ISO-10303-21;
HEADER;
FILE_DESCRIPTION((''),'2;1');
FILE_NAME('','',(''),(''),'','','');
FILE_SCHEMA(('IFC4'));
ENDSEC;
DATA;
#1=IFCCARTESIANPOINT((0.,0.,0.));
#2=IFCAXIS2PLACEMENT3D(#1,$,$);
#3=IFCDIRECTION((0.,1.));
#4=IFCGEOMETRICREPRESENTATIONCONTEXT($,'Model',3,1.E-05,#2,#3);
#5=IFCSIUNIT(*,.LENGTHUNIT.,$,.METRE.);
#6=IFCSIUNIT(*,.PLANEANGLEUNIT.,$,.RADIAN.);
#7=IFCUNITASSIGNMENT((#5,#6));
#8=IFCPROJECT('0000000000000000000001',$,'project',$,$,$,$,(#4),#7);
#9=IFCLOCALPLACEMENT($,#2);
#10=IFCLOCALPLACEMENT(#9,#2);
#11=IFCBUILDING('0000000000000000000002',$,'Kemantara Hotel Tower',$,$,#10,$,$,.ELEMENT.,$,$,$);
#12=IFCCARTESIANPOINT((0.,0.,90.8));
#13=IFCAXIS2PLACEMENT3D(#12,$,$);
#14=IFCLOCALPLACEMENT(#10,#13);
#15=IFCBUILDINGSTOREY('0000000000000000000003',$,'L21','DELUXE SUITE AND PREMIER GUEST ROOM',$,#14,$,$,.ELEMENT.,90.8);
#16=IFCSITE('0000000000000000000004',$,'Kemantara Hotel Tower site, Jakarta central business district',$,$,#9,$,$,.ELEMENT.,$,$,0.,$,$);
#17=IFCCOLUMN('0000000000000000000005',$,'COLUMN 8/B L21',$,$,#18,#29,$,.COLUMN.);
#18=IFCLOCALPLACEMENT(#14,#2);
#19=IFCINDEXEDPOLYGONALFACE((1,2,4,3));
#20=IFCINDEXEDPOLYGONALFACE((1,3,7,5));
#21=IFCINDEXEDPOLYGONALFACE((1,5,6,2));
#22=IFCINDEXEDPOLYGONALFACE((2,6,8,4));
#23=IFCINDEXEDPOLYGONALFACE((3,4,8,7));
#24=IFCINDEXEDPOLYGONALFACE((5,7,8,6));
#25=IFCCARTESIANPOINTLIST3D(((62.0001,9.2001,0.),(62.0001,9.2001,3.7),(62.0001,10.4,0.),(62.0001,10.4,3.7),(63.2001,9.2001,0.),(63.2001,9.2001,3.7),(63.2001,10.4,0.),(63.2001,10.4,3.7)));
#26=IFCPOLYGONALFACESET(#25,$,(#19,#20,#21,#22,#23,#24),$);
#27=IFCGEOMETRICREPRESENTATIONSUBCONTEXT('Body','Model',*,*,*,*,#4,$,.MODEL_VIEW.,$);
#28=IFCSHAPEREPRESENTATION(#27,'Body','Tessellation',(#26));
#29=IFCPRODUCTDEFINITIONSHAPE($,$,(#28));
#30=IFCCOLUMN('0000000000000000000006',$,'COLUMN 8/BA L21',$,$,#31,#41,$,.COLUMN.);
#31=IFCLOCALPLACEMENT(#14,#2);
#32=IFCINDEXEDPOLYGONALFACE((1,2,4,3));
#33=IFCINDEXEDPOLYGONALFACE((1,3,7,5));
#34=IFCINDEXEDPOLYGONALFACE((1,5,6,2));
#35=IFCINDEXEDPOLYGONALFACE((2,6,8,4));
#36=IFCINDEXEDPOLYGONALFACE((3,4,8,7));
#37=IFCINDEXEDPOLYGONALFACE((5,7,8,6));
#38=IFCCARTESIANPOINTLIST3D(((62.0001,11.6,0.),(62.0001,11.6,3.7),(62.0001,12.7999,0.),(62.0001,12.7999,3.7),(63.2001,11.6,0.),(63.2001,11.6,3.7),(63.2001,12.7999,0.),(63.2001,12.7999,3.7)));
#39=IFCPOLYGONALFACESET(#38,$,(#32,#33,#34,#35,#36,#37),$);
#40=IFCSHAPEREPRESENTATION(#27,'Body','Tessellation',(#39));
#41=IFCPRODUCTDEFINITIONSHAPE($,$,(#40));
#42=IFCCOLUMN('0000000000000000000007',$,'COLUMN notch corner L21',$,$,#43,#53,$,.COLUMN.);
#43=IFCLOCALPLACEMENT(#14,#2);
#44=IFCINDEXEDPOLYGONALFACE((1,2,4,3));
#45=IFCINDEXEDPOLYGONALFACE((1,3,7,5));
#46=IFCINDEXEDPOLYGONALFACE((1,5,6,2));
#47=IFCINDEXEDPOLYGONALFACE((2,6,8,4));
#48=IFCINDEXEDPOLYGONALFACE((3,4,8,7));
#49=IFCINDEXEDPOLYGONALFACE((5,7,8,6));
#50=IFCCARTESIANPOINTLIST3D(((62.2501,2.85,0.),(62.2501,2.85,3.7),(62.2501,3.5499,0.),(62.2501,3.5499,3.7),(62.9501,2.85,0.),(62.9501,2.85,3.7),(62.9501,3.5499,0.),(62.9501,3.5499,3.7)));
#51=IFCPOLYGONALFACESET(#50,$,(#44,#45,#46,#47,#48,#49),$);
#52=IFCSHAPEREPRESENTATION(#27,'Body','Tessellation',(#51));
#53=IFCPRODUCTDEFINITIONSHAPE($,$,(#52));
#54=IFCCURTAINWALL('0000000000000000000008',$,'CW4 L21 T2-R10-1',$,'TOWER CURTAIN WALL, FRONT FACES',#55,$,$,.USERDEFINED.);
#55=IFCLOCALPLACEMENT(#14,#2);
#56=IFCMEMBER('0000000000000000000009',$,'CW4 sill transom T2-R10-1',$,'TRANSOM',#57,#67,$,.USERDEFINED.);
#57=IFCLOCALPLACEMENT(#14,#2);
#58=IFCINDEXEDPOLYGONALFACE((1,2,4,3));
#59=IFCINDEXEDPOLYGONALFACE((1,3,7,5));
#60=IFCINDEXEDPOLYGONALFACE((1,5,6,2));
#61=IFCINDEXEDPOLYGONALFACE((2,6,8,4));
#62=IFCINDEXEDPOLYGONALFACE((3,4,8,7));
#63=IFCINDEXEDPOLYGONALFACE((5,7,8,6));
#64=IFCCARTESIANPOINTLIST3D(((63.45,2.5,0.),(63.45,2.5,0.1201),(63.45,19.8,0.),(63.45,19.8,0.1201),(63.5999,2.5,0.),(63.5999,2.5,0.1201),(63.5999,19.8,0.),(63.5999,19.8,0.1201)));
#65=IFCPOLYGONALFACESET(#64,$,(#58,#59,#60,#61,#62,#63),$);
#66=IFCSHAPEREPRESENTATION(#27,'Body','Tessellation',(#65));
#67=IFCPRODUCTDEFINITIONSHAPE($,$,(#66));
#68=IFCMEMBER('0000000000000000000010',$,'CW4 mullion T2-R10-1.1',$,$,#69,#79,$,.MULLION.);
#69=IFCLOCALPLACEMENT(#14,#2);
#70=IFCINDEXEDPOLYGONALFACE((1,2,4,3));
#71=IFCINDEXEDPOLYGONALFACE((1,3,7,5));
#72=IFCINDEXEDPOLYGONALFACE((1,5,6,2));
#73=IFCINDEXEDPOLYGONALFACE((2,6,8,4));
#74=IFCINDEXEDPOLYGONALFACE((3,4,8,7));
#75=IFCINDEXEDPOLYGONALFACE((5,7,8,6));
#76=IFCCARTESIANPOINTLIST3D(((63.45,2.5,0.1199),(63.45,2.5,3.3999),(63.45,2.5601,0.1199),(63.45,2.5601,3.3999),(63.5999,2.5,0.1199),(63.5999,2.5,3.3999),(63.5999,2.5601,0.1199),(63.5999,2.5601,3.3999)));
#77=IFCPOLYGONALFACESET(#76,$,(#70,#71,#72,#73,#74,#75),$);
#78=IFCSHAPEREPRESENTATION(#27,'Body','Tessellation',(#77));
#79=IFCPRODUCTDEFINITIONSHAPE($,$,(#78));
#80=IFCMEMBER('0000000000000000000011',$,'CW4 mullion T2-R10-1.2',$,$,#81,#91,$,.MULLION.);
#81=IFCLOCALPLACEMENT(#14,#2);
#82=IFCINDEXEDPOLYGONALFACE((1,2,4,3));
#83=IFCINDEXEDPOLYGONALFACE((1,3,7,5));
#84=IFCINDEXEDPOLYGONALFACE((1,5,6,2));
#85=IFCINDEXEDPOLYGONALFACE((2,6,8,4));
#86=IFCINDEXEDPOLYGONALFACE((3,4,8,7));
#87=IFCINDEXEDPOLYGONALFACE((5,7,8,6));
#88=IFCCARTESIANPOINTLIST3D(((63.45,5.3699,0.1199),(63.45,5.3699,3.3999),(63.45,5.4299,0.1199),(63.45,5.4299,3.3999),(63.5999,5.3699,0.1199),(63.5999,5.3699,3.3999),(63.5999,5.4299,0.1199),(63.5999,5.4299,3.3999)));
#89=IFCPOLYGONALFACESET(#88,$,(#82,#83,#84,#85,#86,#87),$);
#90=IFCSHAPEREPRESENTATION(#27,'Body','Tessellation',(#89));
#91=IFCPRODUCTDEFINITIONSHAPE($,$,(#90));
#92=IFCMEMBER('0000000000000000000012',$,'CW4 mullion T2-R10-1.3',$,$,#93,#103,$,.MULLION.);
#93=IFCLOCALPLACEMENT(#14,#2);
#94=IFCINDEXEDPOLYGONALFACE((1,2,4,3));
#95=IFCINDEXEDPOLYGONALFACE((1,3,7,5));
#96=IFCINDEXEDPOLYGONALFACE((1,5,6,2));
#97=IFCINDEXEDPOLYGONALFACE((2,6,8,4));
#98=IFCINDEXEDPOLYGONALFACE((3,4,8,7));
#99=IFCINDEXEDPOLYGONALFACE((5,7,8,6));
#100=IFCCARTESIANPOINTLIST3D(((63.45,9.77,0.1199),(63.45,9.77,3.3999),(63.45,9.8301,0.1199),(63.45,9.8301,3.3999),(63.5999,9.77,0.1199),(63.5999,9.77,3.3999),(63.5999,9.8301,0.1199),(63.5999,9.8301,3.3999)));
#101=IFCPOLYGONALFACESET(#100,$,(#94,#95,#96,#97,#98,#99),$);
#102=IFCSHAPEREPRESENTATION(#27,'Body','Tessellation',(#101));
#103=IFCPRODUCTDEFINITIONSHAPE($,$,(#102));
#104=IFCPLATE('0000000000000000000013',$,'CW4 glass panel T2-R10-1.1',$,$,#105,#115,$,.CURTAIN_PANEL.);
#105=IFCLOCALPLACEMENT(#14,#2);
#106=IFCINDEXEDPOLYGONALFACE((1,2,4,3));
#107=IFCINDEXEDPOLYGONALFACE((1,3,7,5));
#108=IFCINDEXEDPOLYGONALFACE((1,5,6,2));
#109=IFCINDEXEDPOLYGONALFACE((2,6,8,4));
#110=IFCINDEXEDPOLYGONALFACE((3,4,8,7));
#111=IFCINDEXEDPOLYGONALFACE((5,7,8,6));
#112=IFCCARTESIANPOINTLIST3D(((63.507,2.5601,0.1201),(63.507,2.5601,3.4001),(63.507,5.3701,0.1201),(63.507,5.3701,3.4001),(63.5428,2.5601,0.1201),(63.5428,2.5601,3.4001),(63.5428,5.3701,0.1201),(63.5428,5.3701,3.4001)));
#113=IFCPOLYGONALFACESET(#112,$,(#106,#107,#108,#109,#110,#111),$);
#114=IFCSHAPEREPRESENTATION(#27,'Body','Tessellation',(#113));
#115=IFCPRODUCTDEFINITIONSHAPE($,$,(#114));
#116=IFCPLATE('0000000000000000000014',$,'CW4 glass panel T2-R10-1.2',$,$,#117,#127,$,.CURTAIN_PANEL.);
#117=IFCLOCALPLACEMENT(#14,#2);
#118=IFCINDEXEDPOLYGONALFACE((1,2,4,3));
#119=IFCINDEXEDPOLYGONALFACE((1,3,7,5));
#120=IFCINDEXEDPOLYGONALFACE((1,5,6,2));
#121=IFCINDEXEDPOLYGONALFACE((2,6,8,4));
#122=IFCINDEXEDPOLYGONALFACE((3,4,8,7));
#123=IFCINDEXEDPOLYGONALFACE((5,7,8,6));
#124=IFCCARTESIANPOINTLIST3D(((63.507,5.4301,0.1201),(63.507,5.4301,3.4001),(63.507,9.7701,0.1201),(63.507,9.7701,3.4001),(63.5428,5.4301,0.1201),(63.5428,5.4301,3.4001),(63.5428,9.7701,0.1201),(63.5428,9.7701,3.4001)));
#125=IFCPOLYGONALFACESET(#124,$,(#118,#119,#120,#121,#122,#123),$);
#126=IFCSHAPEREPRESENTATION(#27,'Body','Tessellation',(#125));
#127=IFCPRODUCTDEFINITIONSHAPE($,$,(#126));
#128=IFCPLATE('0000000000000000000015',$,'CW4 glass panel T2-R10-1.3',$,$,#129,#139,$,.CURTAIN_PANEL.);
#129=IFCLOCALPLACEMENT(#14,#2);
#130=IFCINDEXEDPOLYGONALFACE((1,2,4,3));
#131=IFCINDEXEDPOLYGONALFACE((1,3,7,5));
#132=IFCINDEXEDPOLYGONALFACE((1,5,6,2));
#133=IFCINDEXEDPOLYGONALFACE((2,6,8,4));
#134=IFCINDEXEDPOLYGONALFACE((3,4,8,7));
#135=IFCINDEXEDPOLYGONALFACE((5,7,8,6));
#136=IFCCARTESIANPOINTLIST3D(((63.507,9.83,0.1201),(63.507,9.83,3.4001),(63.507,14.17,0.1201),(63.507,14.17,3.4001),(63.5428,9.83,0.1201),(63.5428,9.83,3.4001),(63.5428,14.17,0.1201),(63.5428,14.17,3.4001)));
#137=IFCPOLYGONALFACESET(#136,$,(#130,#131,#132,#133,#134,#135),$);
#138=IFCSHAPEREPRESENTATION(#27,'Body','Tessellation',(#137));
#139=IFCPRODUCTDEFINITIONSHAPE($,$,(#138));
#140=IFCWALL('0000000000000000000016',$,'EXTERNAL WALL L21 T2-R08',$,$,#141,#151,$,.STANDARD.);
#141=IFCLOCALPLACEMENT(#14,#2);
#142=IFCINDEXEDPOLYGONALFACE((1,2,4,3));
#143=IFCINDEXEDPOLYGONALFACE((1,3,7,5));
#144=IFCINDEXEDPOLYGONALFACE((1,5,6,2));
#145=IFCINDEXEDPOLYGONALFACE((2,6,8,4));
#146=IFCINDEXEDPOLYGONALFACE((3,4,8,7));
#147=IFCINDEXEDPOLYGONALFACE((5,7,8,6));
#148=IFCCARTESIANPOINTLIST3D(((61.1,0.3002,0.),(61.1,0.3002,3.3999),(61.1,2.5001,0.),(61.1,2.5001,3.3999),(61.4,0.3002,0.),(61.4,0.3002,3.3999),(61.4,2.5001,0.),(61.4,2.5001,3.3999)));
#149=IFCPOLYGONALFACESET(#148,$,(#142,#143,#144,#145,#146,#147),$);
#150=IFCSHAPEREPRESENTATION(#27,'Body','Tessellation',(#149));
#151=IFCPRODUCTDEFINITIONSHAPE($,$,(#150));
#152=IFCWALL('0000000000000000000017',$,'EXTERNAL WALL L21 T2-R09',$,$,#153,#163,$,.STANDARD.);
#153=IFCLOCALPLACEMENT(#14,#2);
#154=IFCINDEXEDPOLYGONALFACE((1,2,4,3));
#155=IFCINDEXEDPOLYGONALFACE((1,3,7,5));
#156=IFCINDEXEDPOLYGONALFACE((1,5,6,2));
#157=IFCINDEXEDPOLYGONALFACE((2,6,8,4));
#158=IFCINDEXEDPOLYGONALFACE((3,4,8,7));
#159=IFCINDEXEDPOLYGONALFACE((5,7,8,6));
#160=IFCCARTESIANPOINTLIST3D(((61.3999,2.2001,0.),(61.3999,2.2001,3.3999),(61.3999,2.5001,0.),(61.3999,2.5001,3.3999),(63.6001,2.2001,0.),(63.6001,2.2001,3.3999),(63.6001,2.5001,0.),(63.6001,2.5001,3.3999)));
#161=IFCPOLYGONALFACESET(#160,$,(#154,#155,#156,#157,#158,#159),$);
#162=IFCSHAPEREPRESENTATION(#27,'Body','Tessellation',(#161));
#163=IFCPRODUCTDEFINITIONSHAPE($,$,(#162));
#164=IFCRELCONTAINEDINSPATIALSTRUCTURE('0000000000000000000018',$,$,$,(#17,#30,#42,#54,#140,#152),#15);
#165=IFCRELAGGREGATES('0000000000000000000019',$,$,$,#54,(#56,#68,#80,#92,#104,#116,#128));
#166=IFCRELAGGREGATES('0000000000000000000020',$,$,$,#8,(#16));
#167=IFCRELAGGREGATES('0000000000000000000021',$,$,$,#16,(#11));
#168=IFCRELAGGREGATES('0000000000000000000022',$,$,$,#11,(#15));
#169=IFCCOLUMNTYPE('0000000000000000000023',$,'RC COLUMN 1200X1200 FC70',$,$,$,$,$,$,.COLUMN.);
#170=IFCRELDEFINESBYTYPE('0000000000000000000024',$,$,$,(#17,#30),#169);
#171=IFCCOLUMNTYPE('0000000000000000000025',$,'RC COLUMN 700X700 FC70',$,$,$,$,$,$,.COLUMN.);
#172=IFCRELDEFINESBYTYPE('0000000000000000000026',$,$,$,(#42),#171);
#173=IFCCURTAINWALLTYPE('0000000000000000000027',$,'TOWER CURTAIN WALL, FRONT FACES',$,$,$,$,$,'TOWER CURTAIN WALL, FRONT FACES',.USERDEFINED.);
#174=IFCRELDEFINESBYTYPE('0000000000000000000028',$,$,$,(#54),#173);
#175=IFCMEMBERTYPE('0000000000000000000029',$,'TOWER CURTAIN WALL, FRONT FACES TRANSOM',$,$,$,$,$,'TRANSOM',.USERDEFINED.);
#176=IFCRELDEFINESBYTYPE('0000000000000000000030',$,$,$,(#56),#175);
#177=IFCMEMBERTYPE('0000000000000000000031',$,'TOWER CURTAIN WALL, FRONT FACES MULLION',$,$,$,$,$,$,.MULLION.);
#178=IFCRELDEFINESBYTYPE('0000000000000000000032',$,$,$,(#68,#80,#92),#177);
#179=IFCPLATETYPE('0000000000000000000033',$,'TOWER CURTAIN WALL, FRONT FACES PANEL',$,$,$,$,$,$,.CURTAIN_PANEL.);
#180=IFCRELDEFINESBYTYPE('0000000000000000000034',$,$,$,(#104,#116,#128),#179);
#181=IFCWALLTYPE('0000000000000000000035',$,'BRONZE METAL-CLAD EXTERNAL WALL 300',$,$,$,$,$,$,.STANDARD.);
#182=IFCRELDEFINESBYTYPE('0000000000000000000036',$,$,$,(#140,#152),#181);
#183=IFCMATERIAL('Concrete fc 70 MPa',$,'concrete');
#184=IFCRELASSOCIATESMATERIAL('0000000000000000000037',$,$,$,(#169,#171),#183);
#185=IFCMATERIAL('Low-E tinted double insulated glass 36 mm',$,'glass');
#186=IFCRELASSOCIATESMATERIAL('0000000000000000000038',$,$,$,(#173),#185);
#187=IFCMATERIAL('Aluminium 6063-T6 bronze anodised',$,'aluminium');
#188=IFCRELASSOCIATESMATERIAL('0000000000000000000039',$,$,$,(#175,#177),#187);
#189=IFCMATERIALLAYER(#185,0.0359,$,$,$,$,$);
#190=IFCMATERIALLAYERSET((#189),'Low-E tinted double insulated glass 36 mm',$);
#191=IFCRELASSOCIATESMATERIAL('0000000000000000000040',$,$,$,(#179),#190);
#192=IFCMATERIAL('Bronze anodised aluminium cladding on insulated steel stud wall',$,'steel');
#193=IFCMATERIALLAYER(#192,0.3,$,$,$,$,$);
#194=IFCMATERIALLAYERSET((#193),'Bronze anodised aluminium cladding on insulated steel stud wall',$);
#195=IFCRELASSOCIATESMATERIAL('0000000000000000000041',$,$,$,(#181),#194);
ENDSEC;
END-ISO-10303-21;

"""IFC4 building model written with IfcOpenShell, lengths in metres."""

from ifc_helpers import new_model, si_unit, direction, frame, frame_2d, origin, origin_2d, place, context, subcontext, project, spatial, rectangle, extrude, source, transform, mapped, material, layer, layer_set, material_profile, profile_set, type_object, element, aggregate, save


model = new_model("IFC4")

# Units and contexts
model_context = context("Model", 3, precision=1e-05, world=origin(), true_north=direction((0.0, 1.0)))
body_context = subcontext(model_context, "Body", "Model", "MODEL_VIEW")
ifc_project = project(units=[si_unit("LENGTHUNIT", "METRE"), si_unit("PLANEANGLEUNIT", "RADIAN")], contexts=[model_context])

# Site, building, storey
site_placement = place(None, origin())
site = spatial("IfcSite", under=ifc_project, at=site_placement, Name="Kemantara Hotel Tower site, Jakarta central business district", CompositionType="ELEMENT", RefElevation=0.0)
building_placement = place(site_placement, origin())
building = spatial("IfcBuilding", under=site, at=building_placement, Name="Kemantara Hotel Tower", CompositionType="ELEMENT")
storey_placement = place(building_placement, frame((0.0, 0.0, 90.8)))
storey = spatial("IfcBuildingStorey", under=building, at=storey_placement, Name="L21", Description="DELUXE SUITE AND PREMIER GUEST ROOM", CompositionType="ELEMENT", Elevation=90.8)

# Columns
ifc_material_1 = material(Name="Concrete fc 70 MPa", Category="concrete")
ifc_material_profile_1 = material_profile(ifc_material_1, rectangle(XDim=1.2, YDim=1.2, at=origin_2d()), Name="RC 1200X1200")
ifc_profile_set_1 = profile_set([ifc_material_profile_1], Name="Concrete fc 70 MPa")
column_type_1 = type_object("IfcColumnType", Name="RC COLUMN 1200X1200 FC70", PredefinedType="COLUMN", material=ifc_profile_set_1)
for number, where, z_axis, x_axis, name in (
    (1, (62.6001, 9.8, 0.0), (0.0, 0.0, 1.0), (1.0, 0.0, 0.0), "COLUMN 8/B L21"),
    (2, (62.6001, 12.2, 0.0), (0.0, 0.0, 1.0), (1.0, 0.0, 0.0), "COLUMN 8/BA L21"),
):
    element("IfcColumn", number, at=place(storey_placement, frame(where, z_axis=z_axis, x_axis=x_axis)), inside=storey, type_object=column_type_1, Name=name, PredefinedType="COLUMN", context=body_context, shape_type="SweptSolid", body=[
        extrude(rectangle(XDim=1.2, YDim=1.2, at=origin_2d()), origin(), (0.0, 0.0, 1.0), 3.7),
    ])
ifc_material_profile_2 = material_profile(ifc_material_1, rectangle(XDim=0.7, YDim=0.7, at=origin_2d()), Name="RC 700X700")
ifc_profile_set_2 = profile_set([ifc_material_profile_2], Name="Concrete fc 70 MPa")
column_type_2 = type_object("IfcColumnType", Name="RC COLUMN 700X700 FC70", PredefinedType="COLUMN", material=ifc_profile_set_2)
column_placement = place(storey_placement, frame((62.6001, 3.2, 0.0), z_axis=(0.0, 0.0, 1.0), x_axis=(1.0, 0.0, 0.0)))
element("IfcColumn", 3, at=column_placement, inside=storey, type_object=column_type_2, Name="COLUMN notch corner L21", PredefinedType="COLUMN", context=body_context, shape_type="SweptSolid", body=[
    extrude(rectangle(XDim=0.7, YDim=0.7, at=origin_2d()), origin(), (0.0, 0.0, 1.0), 3.7),
])

# Curtain wall, members, plates
ifc_material_2 = material(Name="Low-E tinted double insulated glass 36 mm", Category="glass")
curtain_wall_type = type_object("IfcCurtainWallType", Name="TOWER CURTAIN WALL, FRONT FACES", ElementType="TOWER CURTAIN WALL, FRONT FACES", PredefinedType="USERDEFINED", material=ifc_material_2)
curtain_wall_placement = place(storey_placement, origin())
curtain_wall = element("IfcCurtainWall", 4, at=curtain_wall_placement, inside=storey, type_object=curtain_wall_type, Name="CW4 L21 T2-R10-1", ObjectType="TOWER CURTAIN WALL, FRONT FACES", PredefinedType="USERDEFINED")
ifc_material_3 = material(Name="Aluminium 6063-T6 bronze anodised", Category="aluminium")
ifc_material_profile_3 = material_profile(ifc_material_3, rectangle(XDim=0.1499, YDim=0.1201, at=origin_2d()), Name="TOWER CURTAIN WALL, FRONT FACES TRANSOM")
ifc_profile_set_3 = profile_set([ifc_material_profile_3], Name="Aluminium 6063-T6 bronze anodised")
member_type_1 = type_object("IfcMemberType", Name="TOWER CURTAIN WALL, FRONT FACES TRANSOM", ElementType="TRANSOM", PredefinedType="USERDEFINED", material=ifc_profile_set_3)
member_1_placement = place(storey_placement, frame((63.5249, 2.5, 0.0601), z_axis=(0.0, 1.0, 0.0), x_axis=(-1.0, 0.0, 0.0)))
member_1 = element("IfcMember", 5, at=member_1_placement, type_object=member_type_1, Name="CW4 sill transom T2-R10-1", ObjectType="TRANSOM", PredefinedType="USERDEFINED", context=body_context, shape_type="SweptSolid", body=[
    extrude(rectangle(XDim=0.1499, YDim=0.1201, at=origin_2d()), origin(), (0.0, 0.0, 1.0), 17.3),
])
ifc_material_profile_4 = material_profile(ifc_material_3, rectangle(XDim=0.1499, YDim=0.0601, at=origin_2d()), Name="TOWER CURTAIN WALL, FRONT FACES MULLION")
ifc_profile_set_4 = profile_set([ifc_material_profile_4], Name="Aluminium 6063-T6 bronze anodised")
member_type_2 = type_object("IfcMemberType", Name="TOWER CURTAIN WALL, FRONT FACES MULLION", PredefinedType="MULLION", material=ifc_profile_set_4)
shared_shape_1 = source(origin(), body_context, "Body", "SweptSolid", [
    extrude(rectangle(XDim=0.1499, YDim=0.0601, at=origin_2d()), origin(), (0.0, 0.0, 1.0), 3.28),
])
member_2_placement = place(storey_placement, frame((63.5249, 2.53, 0.1199), z_axis=(0.0, 0.0, 1.0), x_axis=(-1.0, 0.0, 0.0)))
member_2 = element("IfcMember", 6, at=member_2_placement, type_object=member_type_2, Name="CW4 mullion T2-R10-1.1", PredefinedType="MULLION", context=body_context, shape_type="MappedRepresentation", body=[
    mapped(shared_shape_1, transform((0.0, 0.0, 0.0))),
])
member_3_placement = place(storey_placement, frame((63.5249, 5.3999, 0.1199), z_axis=(0.0, 0.0, 1.0), x_axis=(-1.0, 0.0, 0.0)))
member_3 = element("IfcMember", 7, at=member_3_placement, type_object=member_type_2, Name="CW4 mullion T2-R10-1.2", PredefinedType="MULLION", context=body_context, shape_type="MappedRepresentation", body=[
    mapped(shared_shape_1, transform((0.0, 0.0, 0.0))),
])
member_4_placement = place(storey_placement, frame((63.5249, 9.8, 0.1199), z_axis=(0.0, 0.0, 1.0), x_axis=(-1.0, 0.0, 0.0)))
member_4 = element("IfcMember", 8, at=member_4_placement, type_object=member_type_2, Name="CW4 mullion T2-R10-1.3", PredefinedType="MULLION", context=body_context, shape_type="MappedRepresentation", body=[
    mapped(shared_shape_1, transform((0.0, 0.0, 0.0))),
])
ifc_layer_1 = layer(ifc_material_2, 0.0359)
ifc_layer_set_1 = layer_set([ifc_layer_1], Name="Low-E tinted double insulated glass 36 mm")
plate_type = type_object("IfcPlateType", Name="TOWER CURTAIN WALL, FRONT FACES PANEL", PredefinedType="CURTAIN_PANEL", material=ifc_layer_set_1)
shared_shape_2 = source(origin(), body_context, "Body", "SweptSolid", [
    extrude(rectangle(XDim=2.8101, YDim=0.0359, at=origin_2d()), origin(), (0.0, 0.0, 1.0), 3.28),
])
plate_1_placement = place(storey_placement, frame((63.5249, 3.9651, 0.1201), z_axis=(0.0, 0.0, 1.0), x_axis=(0.0, 1.0, 0.0)))
plate_1 = element("IfcPlate", 9, at=plate_1_placement, type_object=plate_type, Name="CW4 glass panel T2-R10-1.1", PredefinedType="CURTAIN_PANEL", context=body_context, shape_type="MappedRepresentation", body=[
    mapped(shared_shape_2, transform((0.0, 0.0, 0.0))),
])
shared_shape_3 = source(origin(), body_context, "Body", "SweptSolid", [
    extrude(rectangle(XDim=4.3401, YDim=0.0359, at=origin_2d()), origin(), (0.0, 0.0, 1.0), 3.28),
])
plate_2_placement = place(storey_placement, frame((63.5249, 7.6001, 0.1201), z_axis=(0.0, 0.0, 1.0), x_axis=(0.0, 1.0, 0.0)))
plate_2 = element("IfcPlate", 10, at=plate_2_placement, type_object=plate_type, Name="CW4 glass panel T2-R10-1.2", PredefinedType="CURTAIN_PANEL", context=body_context, shape_type="MappedRepresentation", body=[
    mapped(shared_shape_3, transform((0.0, 0.0, 0.0))),
])
plate_3_placement = place(storey_placement, frame((63.5249, 12.0, 0.1201), z_axis=(0.0, 0.0, 1.0), x_axis=(0.0, 1.0, 0.0)))
plate_3 = element("IfcPlate", 11, at=plate_3_placement, type_object=plate_type, Name="CW4 glass panel T2-R10-1.3", PredefinedType="CURTAIN_PANEL", context=body_context, shape_type="MappedRepresentation", body=[
    mapped(shared_shape_3, transform((0.0, 0.0, 0.0))),
])
aggregate(curtain_wall, [member_1, member_2, member_3, member_4, plate_1, plate_2, plate_3])

# Walls
ifc_material_4 = material(Name="Bronze anodised aluminium cladding on insulated steel stud wall", Category="steel")
ifc_layer_2 = layer(ifc_material_4, 0.3)
ifc_layer_set_2 = layer_set([ifc_layer_2], Name="Bronze anodised aluminium cladding on insulated steel stud wall")
wall_type_1 = type_object("IfcWallType", Name="BRONZE METAL-CLAD EXTERNAL WALL 300", PredefinedType="STANDARD", material=ifc_layer_set_2)
wall_1_placement = place(storey_placement, frame((61.25, 0.3, 0.0), z_axis=(0.0, 0.0, 1.0), x_axis=(0.0, 1.0, 0.0)))
element("IfcWall", 12, at=wall_1_placement, inside=storey, type_object=wall_type_1, Name="EXTERNAL WALL L21 T2-R08", PredefinedType="STANDARD", context=body_context, shape_type="SweptSolid", body=[
    extrude(rectangle(XDim=2.2, YDim=0.3, at=frame_2d((1.1001, 0.0))), origin(), (0.0, 0.0, 1.0), 3.3999),
])
wall_2_placement = place(storey_placement, frame((61.3999, 2.3501, 0.0), z_axis=(0.0, 0.0, 1.0), x_axis=(1.0, 0.0, 0.0)))
element("IfcWall", 13, at=wall_2_placement, inside=storey, type_object=wall_type_1, Name="EXTERNAL WALL L21 T2-R09", PredefinedType="STANDARD", context=body_context, shape_type="SweptSolid", body=[
    extrude(rectangle(XDim=2.2002, YDim=0.3, at=frame_2d((1.1001, 0.0))), origin(), (0.0, 0.0, 1.0), 3.3999),
])

save(model, "model.ifc")
